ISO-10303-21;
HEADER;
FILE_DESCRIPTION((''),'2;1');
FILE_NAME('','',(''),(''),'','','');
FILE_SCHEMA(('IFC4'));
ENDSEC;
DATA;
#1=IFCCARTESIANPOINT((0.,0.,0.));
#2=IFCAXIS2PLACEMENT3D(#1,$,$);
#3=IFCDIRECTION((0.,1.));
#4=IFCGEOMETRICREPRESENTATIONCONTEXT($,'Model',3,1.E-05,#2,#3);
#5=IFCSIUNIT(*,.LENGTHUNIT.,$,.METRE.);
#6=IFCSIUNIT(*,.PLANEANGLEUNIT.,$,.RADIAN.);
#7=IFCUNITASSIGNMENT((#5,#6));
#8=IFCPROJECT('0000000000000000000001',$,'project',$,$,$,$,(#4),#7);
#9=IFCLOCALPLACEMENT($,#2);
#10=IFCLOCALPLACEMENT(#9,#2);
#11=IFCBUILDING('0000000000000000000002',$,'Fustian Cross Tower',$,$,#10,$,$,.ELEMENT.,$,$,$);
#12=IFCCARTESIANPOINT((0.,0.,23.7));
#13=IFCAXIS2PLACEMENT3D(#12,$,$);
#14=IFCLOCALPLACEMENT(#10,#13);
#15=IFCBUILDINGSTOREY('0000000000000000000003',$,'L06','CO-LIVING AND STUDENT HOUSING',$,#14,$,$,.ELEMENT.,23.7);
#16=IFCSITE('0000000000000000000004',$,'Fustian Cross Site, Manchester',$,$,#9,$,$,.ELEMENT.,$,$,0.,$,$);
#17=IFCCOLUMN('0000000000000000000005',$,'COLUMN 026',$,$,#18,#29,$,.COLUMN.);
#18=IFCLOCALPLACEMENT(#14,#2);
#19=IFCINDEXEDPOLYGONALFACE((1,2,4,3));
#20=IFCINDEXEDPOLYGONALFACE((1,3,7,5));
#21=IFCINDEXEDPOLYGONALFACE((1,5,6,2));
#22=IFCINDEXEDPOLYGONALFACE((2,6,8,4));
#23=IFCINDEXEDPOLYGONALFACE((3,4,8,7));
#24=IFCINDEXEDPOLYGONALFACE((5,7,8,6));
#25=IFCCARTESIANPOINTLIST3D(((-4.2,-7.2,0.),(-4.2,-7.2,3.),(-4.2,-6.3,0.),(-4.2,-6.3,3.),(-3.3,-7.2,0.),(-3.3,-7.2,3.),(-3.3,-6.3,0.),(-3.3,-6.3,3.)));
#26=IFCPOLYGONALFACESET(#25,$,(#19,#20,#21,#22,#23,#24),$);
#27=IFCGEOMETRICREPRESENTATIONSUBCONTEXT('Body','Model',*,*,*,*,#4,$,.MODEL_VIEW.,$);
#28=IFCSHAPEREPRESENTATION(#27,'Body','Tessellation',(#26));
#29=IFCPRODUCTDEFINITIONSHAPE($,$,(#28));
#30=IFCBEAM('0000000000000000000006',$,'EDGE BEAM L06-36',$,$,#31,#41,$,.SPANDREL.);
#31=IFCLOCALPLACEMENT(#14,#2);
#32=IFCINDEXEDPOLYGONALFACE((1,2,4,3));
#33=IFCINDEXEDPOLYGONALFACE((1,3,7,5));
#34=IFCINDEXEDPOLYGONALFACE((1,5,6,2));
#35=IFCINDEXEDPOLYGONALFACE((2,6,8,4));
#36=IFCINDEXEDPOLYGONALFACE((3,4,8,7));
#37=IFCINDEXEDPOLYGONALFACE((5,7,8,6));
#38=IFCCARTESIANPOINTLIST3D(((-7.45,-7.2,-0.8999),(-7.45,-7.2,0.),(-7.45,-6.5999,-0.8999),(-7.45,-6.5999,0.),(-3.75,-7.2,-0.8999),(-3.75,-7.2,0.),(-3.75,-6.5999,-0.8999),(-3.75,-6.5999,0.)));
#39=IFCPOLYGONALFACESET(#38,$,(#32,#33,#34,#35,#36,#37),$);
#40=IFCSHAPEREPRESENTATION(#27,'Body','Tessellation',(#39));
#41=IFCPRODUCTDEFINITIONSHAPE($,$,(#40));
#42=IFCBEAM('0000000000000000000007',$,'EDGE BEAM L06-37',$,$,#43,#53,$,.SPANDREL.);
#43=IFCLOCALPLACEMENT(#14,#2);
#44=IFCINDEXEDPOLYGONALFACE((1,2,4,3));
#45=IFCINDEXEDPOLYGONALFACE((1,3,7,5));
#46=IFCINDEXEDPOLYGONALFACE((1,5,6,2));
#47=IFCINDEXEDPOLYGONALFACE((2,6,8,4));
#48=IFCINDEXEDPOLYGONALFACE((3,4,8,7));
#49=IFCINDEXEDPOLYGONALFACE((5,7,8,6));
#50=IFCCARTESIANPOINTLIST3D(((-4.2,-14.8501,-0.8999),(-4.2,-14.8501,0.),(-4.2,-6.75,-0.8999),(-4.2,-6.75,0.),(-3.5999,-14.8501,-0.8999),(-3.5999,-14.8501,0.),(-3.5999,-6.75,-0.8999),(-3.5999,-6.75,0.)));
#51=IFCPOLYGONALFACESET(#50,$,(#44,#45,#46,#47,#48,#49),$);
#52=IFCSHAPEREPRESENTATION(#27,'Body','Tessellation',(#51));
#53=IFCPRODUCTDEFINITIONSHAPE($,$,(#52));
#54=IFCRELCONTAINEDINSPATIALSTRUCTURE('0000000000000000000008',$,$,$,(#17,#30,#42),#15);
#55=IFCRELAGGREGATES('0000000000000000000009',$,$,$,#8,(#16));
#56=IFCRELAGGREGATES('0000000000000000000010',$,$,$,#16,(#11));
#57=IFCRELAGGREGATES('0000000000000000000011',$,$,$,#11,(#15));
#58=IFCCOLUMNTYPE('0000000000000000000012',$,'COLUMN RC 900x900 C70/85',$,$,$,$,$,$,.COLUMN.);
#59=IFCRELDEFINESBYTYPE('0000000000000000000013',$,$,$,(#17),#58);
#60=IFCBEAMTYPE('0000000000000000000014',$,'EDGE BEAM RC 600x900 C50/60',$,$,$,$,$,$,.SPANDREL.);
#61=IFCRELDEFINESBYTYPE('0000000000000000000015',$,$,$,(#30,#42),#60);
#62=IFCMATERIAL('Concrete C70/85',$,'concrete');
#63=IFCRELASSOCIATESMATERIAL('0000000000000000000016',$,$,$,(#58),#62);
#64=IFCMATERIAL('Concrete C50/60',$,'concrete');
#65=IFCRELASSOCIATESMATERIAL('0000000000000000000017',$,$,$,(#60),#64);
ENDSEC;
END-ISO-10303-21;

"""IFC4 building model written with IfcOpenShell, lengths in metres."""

from ifc_helpers import new_model, si_unit, direction, frame, origin, origin_2d, place, context, subcontext, project, spatial, rectangle, extrude, material, material_profile, profile_set, type_object, element, save


model = new_model("IFC4")

# Units and contexts
model_context = context("Model", 3, precision=1e-05, world=origin(), true_north=direction((0.0, 1.0)))
body_context = subcontext(model_context, "Body", "Model", "MODEL_VIEW")
ifc_project = project(units=[si_unit("LENGTHUNIT", "METRE"), si_unit("PLANEANGLEUNIT", "RADIAN")], contexts=[model_context])

# Site, building, storey
site_placement = place(None, origin())
site = spatial("IfcSite", under=ifc_project, at=site_placement, Name="Fustian Cross Site, Manchester", CompositionType="ELEMENT", RefElevation=0.0)
building_placement = place(site_placement, origin())
building = spatial("IfcBuilding", under=site, at=building_placement, Name="Fustian Cross Tower", CompositionType="ELEMENT")
storey_placement = place(building_placement, frame((0.0, 0.0, 23.7)))
storey = spatial("IfcBuildingStorey", under=building, at=storey_placement, Name="L06", Description="CO-LIVING AND STUDENT HOUSING", CompositionType="ELEMENT", Elevation=23.7)

# Column
ifc_material_1 = material(Name="Concrete C70/85", Category="concrete")
ifc_material_profile_1 = material_profile(ifc_material_1, rectangle(XDim=0.8999, YDim=0.8999, at=origin_2d()), Name="RC 900x900")
ifc_profile_set_1 = profile_set([ifc_material_profile_1], Name="Concrete C70/85")
column_type = type_object("IfcColumnType", Name="COLUMN RC 900x900 C70/85", PredefinedType="COLUMN", material=ifc_profile_set_1)
column_placement = place(storey_placement, frame((-3.75, -6.75, 0.0), z_axis=(0.0, 0.0, 1.0), x_axis=(1.0, 0.0, 0.0)))
element("IfcColumn", 1, at=column_placement, inside=storey, type_object=column_type, Name="COLUMN 026", PredefinedType="COLUMN", context=body_context, shape_type="SweptSolid", body=[
    extrude(rectangle(XDim=0.8999, YDim=0.8999, at=origin_2d()), origin(), (0.0, 0.0, 1.0), 3.0),
])

# Beams
ifc_material_2 = material(Name="Concrete C50/60", Category="concrete")
ifc_material_profile_2 = material_profile(ifc_material_2, rectangle(XDim=0.6001, YDim=0.8999, at=origin_2d()), Name="RC 600x900")
ifc_profile_set_2 = profile_set([ifc_material_profile_2], Name="Concrete C50/60")
beam_type = type_object("IfcBeamType", Name="EDGE BEAM RC 600x900 C50/60", PredefinedType="SPANDREL", material=ifc_profile_set_2)
beam_1_placement = place(storey_placement, frame((-7.45, -6.8999, -0.45), z_axis=(1.0, 0.0, 0.0), x_axis=(0.0, 1.0, 0.0)))
element("IfcBeam", 2, at=beam_1_placement, inside=storey, type_object=beam_type, Name="EDGE BEAM L06-36", PredefinedType="SPANDREL", context=body_context, shape_type="SweptSolid", body=[
    extrude(rectangle(XDim=0.6001, YDim=0.8999, at=origin_2d()), origin(), (0.0, 0.0, 1.0), 3.7),
])
beam_2_placement = place(storey_placement, frame((-3.8999, -6.75, -0.45), z_axis=(0.0, -1.0, 0.0), x_axis=(1.0, 0.0, 0.0)))
element("IfcBeam", 3, at=beam_2_placement, inside=storey, type_object=beam_type, Name="EDGE BEAM L06-37", PredefinedType="SPANDREL", context=body_context, shape_type="SweptSolid", body=[
    extrude(rectangle(XDim=0.6001, YDim=0.8999, at=origin_2d()), origin(), (0.0, 0.0, 1.0), 8.1001),
])

save(model, "model.ifc")
